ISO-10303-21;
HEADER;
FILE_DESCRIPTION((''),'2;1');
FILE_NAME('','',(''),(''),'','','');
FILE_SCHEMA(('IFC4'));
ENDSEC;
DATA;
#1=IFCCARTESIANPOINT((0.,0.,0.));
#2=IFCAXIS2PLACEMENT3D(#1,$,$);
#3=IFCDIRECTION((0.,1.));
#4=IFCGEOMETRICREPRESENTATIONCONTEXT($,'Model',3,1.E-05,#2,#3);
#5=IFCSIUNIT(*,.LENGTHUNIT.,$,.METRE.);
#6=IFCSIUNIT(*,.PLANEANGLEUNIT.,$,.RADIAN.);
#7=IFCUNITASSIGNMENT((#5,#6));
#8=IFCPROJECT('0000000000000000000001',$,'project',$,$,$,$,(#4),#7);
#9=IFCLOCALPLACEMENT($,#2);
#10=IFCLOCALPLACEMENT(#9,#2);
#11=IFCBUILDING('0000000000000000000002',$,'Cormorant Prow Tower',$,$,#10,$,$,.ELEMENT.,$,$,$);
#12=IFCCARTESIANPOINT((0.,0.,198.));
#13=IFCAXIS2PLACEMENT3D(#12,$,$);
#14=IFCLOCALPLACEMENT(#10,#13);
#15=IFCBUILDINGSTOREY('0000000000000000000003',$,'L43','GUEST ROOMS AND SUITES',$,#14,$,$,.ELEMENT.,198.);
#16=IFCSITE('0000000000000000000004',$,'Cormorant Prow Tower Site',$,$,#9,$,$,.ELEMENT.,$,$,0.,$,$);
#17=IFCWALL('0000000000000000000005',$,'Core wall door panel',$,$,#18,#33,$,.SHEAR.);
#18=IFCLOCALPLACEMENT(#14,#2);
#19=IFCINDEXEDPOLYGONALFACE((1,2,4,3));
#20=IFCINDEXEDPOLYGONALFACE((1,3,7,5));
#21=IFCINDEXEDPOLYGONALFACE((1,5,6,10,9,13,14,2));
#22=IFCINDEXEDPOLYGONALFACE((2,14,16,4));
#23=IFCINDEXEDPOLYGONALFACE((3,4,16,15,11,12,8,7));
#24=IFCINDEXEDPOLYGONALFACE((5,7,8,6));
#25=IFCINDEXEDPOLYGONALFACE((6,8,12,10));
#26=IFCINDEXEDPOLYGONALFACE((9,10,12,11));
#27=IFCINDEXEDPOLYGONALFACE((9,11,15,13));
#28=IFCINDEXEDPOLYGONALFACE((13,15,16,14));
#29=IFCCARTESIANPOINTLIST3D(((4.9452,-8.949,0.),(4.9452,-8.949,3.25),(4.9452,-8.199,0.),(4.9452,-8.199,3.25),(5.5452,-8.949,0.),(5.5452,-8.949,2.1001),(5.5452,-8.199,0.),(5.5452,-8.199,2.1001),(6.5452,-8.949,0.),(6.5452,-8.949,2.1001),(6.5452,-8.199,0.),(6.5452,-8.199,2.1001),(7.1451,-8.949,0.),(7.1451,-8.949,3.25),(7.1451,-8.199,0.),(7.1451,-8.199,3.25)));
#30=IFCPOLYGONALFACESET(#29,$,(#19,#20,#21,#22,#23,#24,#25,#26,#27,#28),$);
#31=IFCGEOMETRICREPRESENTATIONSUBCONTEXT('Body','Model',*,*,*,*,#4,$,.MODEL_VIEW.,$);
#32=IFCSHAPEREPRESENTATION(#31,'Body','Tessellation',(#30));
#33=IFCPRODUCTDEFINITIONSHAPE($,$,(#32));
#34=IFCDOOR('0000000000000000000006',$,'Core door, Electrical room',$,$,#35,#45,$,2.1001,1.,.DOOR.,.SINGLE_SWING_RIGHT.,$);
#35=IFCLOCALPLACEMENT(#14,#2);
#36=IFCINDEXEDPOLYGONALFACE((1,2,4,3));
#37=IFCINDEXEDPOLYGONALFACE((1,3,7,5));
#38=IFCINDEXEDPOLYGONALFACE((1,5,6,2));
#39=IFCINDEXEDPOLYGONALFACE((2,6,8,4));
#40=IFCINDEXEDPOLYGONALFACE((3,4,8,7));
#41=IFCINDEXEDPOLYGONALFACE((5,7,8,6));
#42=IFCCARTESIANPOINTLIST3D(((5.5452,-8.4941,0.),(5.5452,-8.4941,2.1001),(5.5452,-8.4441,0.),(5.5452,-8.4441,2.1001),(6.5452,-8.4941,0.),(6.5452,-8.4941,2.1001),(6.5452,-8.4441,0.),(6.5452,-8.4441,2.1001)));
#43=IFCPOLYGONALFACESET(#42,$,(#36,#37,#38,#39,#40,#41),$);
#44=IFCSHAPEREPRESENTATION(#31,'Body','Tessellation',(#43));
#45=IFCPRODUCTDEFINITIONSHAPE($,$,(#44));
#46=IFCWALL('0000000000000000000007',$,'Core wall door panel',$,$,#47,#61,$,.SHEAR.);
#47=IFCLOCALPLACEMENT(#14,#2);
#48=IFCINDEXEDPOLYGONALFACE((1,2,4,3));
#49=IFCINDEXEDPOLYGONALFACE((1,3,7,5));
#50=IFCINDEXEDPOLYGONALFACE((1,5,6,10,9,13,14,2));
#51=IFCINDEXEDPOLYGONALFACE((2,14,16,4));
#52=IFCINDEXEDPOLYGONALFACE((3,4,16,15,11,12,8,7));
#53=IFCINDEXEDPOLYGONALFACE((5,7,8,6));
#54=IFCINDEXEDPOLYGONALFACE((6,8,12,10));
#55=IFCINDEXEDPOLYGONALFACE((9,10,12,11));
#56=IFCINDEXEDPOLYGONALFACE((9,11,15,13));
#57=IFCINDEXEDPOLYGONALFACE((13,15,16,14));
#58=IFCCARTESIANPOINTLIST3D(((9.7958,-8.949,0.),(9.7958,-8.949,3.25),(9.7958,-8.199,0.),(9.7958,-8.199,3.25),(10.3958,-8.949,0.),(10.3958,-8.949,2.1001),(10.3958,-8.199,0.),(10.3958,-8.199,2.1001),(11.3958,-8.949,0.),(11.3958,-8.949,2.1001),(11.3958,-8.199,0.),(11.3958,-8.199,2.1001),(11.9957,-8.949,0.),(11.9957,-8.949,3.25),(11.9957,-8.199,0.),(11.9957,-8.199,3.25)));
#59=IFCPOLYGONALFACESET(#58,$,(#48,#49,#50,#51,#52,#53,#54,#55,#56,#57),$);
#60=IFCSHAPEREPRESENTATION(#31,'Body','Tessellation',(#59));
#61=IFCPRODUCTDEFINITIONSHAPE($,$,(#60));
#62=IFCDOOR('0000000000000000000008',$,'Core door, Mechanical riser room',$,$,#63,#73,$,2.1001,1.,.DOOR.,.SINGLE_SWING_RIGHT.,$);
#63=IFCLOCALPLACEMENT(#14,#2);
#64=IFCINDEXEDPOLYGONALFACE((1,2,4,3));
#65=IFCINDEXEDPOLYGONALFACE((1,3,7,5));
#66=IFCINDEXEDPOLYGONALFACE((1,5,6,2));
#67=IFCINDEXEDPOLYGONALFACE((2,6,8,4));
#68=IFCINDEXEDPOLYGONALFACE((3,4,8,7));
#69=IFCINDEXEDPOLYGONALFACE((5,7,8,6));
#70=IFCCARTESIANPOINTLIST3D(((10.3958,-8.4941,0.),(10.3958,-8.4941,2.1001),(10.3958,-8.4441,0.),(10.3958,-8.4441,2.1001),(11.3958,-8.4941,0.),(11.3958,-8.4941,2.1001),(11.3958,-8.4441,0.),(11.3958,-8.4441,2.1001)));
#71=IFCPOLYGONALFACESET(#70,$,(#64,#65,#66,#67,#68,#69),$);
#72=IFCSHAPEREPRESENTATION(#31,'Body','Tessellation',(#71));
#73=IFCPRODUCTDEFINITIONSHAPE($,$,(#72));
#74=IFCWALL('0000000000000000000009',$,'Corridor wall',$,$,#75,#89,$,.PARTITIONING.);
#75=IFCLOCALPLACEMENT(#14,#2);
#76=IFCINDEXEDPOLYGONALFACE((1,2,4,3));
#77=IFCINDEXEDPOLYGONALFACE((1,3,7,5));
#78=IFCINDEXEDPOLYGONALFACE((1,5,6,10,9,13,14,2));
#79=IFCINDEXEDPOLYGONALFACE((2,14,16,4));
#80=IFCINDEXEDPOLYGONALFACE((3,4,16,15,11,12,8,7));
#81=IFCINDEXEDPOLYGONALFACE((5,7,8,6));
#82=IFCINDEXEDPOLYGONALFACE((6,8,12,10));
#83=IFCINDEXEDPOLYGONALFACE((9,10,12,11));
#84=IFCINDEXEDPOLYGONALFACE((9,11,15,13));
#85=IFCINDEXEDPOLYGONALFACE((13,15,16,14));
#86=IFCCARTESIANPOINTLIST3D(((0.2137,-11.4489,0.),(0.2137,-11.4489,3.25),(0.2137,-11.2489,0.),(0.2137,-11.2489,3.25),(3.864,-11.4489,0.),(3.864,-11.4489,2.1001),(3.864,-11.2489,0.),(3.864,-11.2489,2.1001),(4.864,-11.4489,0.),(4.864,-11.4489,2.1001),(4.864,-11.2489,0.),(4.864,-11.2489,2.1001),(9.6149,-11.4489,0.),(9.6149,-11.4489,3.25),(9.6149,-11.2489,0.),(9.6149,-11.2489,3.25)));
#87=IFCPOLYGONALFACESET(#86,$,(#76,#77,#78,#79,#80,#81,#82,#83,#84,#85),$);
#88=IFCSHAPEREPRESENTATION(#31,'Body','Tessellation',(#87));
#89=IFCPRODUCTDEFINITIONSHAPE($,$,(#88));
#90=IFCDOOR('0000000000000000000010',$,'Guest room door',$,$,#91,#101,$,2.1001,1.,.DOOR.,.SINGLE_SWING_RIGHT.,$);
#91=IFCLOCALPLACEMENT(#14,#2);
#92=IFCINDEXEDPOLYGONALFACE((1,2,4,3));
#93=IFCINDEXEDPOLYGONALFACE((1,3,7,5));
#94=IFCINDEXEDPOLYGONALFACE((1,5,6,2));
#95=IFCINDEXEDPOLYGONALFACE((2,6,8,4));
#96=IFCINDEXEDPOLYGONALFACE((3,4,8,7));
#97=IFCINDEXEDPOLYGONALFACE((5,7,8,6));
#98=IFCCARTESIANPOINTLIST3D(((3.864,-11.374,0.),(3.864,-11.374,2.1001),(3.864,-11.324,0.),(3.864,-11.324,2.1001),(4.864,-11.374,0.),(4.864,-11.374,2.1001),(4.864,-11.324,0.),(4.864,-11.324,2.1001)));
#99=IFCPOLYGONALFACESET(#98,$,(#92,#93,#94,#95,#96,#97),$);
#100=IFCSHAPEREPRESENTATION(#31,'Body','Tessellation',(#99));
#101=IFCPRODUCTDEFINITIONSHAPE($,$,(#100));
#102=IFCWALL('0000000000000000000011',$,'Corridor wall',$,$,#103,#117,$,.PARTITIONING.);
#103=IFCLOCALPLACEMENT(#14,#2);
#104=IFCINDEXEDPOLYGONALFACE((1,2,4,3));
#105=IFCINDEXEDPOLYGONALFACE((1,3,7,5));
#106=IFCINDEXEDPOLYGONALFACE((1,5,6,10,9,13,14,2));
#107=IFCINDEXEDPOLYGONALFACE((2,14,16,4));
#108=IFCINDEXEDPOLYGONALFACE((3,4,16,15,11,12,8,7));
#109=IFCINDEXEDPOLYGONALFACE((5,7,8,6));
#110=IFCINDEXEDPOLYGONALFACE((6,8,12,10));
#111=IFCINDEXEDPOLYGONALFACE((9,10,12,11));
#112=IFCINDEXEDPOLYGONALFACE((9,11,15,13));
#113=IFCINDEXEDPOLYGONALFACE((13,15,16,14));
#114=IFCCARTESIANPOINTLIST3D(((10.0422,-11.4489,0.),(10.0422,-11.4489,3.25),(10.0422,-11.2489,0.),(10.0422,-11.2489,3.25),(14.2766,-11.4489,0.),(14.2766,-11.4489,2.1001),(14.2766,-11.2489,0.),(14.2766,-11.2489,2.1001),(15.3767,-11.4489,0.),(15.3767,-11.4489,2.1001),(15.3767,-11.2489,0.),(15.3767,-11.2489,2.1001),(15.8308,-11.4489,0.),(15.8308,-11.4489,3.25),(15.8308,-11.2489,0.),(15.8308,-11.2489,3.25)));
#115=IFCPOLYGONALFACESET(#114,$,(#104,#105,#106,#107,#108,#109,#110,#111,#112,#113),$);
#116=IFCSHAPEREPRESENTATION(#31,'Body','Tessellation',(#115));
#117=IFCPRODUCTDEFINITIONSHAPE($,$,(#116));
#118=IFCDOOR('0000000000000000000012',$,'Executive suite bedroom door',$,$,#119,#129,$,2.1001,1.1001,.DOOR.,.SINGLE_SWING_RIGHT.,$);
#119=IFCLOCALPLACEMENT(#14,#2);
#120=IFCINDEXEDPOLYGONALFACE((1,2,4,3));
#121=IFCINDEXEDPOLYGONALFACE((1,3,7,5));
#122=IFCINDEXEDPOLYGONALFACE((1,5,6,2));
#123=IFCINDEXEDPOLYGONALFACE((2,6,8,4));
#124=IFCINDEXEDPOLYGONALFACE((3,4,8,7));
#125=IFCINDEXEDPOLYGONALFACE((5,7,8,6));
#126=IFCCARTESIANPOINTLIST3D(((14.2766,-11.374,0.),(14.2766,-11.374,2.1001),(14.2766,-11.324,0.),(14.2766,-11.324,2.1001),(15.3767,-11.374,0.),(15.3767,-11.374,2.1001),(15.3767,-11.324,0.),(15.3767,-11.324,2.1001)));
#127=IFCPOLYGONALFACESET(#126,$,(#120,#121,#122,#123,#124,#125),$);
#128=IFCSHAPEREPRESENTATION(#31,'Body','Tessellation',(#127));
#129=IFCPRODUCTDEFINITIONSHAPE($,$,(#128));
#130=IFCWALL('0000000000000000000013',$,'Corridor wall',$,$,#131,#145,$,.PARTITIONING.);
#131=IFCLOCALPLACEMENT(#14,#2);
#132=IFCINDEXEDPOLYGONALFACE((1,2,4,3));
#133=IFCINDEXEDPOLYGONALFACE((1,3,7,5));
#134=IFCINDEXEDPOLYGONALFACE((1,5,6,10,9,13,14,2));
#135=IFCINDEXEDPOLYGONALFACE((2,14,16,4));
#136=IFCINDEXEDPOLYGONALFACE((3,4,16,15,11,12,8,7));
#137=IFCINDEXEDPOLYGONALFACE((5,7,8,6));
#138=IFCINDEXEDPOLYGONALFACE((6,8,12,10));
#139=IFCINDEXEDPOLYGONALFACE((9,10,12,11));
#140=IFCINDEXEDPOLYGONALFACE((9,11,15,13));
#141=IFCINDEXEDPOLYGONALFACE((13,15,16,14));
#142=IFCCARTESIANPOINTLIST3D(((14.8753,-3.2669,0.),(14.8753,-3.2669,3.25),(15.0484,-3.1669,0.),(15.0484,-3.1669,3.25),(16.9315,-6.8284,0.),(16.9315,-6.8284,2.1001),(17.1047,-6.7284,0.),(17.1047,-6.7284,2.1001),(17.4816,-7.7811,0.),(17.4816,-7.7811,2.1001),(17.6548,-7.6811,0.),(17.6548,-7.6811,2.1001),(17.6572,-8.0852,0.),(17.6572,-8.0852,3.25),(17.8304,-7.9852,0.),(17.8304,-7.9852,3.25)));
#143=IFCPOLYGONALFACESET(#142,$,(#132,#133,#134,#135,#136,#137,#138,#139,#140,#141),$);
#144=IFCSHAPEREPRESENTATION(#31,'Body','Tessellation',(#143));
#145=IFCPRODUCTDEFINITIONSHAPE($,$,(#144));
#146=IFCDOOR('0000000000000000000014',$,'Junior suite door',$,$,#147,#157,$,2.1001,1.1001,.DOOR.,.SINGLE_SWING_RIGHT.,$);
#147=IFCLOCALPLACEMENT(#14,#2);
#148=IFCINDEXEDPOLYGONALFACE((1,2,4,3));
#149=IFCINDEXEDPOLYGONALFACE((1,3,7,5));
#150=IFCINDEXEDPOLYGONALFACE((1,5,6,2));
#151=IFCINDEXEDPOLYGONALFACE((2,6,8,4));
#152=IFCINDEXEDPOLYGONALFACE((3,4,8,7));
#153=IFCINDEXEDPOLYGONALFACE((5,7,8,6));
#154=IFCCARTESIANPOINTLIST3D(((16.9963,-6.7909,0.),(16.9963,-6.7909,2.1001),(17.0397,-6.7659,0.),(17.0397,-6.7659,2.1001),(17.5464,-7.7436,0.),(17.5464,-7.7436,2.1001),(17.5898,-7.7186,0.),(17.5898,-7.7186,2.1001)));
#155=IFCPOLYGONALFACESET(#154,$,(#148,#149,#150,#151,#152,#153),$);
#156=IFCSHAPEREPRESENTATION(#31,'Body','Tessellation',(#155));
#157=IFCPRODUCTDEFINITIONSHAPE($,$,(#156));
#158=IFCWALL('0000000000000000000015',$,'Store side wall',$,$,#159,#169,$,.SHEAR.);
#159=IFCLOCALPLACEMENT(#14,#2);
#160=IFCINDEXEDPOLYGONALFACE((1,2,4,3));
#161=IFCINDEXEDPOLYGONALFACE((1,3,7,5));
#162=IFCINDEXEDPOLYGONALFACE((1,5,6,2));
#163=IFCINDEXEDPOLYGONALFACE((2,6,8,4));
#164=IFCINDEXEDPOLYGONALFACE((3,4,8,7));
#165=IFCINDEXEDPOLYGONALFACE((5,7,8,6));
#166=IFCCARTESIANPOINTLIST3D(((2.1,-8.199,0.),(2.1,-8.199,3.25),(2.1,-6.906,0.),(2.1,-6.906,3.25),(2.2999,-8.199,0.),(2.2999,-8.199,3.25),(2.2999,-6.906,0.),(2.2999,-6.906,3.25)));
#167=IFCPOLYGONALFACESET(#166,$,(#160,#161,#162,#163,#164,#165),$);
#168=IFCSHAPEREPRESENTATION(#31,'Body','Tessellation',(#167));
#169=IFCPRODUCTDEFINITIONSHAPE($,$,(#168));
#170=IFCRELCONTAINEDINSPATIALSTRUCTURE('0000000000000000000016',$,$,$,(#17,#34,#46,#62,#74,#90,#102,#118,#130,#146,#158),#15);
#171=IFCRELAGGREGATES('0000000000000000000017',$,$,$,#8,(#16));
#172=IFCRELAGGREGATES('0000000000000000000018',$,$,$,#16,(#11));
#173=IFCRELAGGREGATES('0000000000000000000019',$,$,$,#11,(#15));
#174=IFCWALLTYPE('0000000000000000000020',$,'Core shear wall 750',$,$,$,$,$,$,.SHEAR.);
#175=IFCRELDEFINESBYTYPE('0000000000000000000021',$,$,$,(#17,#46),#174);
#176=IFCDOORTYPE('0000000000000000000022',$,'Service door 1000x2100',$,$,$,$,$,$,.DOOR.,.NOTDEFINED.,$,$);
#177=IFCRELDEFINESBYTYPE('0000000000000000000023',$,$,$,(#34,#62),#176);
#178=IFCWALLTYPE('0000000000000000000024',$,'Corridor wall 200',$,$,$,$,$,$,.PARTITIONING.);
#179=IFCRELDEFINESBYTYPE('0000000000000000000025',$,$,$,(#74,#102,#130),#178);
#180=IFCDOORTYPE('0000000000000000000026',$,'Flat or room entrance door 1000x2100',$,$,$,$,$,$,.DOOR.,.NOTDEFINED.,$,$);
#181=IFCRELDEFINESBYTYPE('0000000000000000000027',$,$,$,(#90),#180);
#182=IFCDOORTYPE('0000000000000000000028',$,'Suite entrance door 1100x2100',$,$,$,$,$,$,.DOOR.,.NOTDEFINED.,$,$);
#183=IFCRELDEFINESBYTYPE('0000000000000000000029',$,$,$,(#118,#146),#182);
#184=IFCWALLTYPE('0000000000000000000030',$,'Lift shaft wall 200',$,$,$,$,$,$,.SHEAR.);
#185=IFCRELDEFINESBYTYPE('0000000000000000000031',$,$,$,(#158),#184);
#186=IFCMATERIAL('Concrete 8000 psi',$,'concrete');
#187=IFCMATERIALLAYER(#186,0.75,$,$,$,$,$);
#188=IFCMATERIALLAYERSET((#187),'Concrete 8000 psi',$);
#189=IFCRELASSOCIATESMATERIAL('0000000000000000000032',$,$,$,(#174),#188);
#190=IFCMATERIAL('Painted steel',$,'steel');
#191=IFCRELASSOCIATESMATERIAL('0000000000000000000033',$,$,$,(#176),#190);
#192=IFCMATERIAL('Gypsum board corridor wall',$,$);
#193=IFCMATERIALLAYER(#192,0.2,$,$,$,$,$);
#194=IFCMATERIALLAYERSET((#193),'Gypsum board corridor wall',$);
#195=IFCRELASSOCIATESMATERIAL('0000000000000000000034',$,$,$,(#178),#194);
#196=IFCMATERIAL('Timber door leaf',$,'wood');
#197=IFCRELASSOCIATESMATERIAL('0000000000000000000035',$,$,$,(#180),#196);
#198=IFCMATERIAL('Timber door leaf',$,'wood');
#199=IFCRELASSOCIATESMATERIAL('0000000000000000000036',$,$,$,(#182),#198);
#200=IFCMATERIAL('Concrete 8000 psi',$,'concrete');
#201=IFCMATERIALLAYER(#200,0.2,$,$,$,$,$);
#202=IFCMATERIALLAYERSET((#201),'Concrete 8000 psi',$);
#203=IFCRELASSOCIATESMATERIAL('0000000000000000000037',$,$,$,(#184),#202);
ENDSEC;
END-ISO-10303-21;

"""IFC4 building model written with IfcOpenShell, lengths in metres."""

from ifc_helpers import new_model, si_unit, direction, frame, frame_2d, origin, place, context, subcontext, project, spatial, rectangle, extrude, material, layer, layer_set, type_object, element, fill, save


model = new_model("IFC4")

# Units and contexts
model_context = context("Model", 3, precision=1e-05, world=origin(), true_north=direction((0.0, 1.0)))
body_context = subcontext(model_context, "Body", "Model", "MODEL_VIEW")
ifc_project = project(units=[si_unit("LENGTHUNIT", "METRE"), si_unit("PLANEANGLEUNIT", "RADIAN")], contexts=[model_context])

# Site, building, storey
site_placement = place(None, origin())
site = spatial("IfcSite", under=ifc_project, at=site_placement, Name="Cormorant Prow Tower Site", CompositionType="ELEMENT", RefElevation=0.0)
building_placement = place(site_placement, origin())
building = spatial("IfcBuilding", under=site, at=building_placement, Name="Cormorant Prow Tower", CompositionType="ELEMENT")
storey_placement = place(building_placement, frame((0.0, 0.0, 198.0)))
storey = spatial("IfcBuildingStorey", under=building, at=storey_placement, Name="L43", Description="GUEST ROOMS AND SUITES", CompositionType="ELEMENT", Elevation=198.0)

# Shared definitions
ifc_material_1 = material(Name="Concrete 8000 psi", Category="concrete")
ifc_layer_1 = layer(ifc_material_1, 0.75)
ifc_layer_set_1 = layer_set([ifc_layer_1], Name="Concrete 8000 psi")
wall_type_1 = type_object("IfcWallType", Name="Core shear wall 750", PredefinedType="SHEAR", material=ifc_layer_set_1)

# Walls, openings, doors
ifc_material_2 = material(Name="Painted steel", Category="steel")
door_type_1 = type_object("IfcDoorType", Name="Service door 1000x2100", OperationType="NOTDEFINED", PredefinedType="DOOR", material=ifc_material_2)
wall_1_placement = place(storey_placement, frame((4.9451, -8.574, 0.0), z_axis=(0.0, 0.0, 1.0), x_axis=(1.0, 0.0, 0.0)))
wall_1 = element("IfcWall", 1, at=wall_1_placement, inside=storey, type_object=wall_type_1, Name="Core wall door panel", PredefinedType="SHEAR", context=body_context, shape_type="SweptSolid", body=[
    extrude(rectangle(XDim=2.2, YDim=0.75, at=frame_2d((1.1001, 0.0))), origin(), (0.0, 0.0, 1.0), 3.25),
])
opening_1_placement = place(wall_1_placement, frame((0.6001, 0.0, 0.0)))
opening_1 = element("IfcOpeningElement", 2, at=opening_1_placement, cuts=wall_1, PredefinedType="OPENING", context=body_context, shape_type="SweptSolid", body=[
    extrude(rectangle(XDim=1.0, YDim=2.1001, at=frame_2d((0.5, 1.05))), frame((0.0, 0.385, 0.0), z_axis=(0.0, -1.0, 0.0), x_axis=(1.0, 0.0, 0.0)), (0.0, 0.0, 1.0), 0.77),
])
door_1_placement = place(opening_1_placement, origin())
door_1 = element("IfcDoor", 3, at=door_1_placement, inside=storey, type_object=door_type_1, Name="Core door, Electrical room", OperationType="SINGLE_SWING_RIGHT", OverallHeight=2.1001, OverallWidth=1.0, PredefinedType="DOOR", context=body_context, shape_type="SweptSolid", body=[
    extrude(rectangle(XDim=1.0, YDim=2.1001, at=frame_2d((0.5, 1.05))), frame((0.0, 0.1299, 0.0), z_axis=(0.0, -1.0, 0.0), x_axis=(1.0, 0.0, 0.0)), (0.0, 0.0, 1.0), 0.05),
])
fill(opening_1, door_1)
wall_2_placement = place(storey_placement, frame((9.7957, -8.574, 0.0), z_axis=(0.0, 0.0, 1.0), x_axis=(1.0, 0.0, 0.0)))
wall_2 = element("IfcWall", 4, at=wall_2_placement, inside=storey, type_object=wall_type_1, Name="Core wall door panel", PredefinedType="SHEAR", context=body_context, shape_type="SweptSolid", body=[
    extrude(rectangle(XDim=2.2, YDim=0.75, at=frame_2d((1.1001, 0.0))), origin(), (0.0, 0.0, 1.0), 3.25),
])
opening_2_placement = place(wall_2_placement, frame((0.6001, 0.0, 0.0)))
opening_2 = element("IfcOpeningElement", 5, at=opening_2_placement, cuts=wall_2, PredefinedType="OPENING", context=body_context, shape_type="SweptSolid", body=[
    extrude(rectangle(XDim=1.0, YDim=2.1001, at=frame_2d((0.5, 1.05))), frame((0.0, 0.385, 0.0), z_axis=(0.0, -1.0, 0.0), x_axis=(1.0, 0.0, 0.0)), (0.0, 0.0, 1.0), 0.77),
])
door_2_placement = place(opening_2_placement, origin())
door_2 = element("IfcDoor", 6, at=door_2_placement, inside=storey, type_object=door_type_1, Name="Core door, Mechanical riser room", OperationType="SINGLE_SWING_RIGHT", OverallHeight=2.1001, OverallWidth=1.0, PredefinedType="DOOR", context=body_context, shape_type="SweptSolid", body=[
    extrude(rectangle(XDim=1.0, YDim=2.1001, at=frame_2d((0.5, 1.05))), frame((0.0, 0.1299, 0.0), z_axis=(0.0, -1.0, 0.0), x_axis=(1.0, 0.0, 0.0)), (0.0, 0.0, 1.0), 0.05),
])
fill(opening_2, door_2)
ifc_material_3 = material(Name="Gypsum board corridor wall")
ifc_layer_2 = layer(ifc_material_3, 0.2)
ifc_layer_set_2 = layer_set([ifc_layer_2], Name="Gypsum board corridor wall")
wall_type_2 = type_object("IfcWallType", Name="Corridor wall 200", PredefinedType="PARTITIONING", material=ifc_layer_set_2)
wall_3_placement = place(storey_placement, frame((0.2136, -11.3489, 0.0), z_axis=(0.0, 0.0, 1.0), x_axis=(1.0, 0.0, 0.0)))
wall_3 = element("IfcWall", 7, at=wall_3_placement, inside=storey, type_object=wall_type_2, Name="Corridor wall", PredefinedType="PARTITIONING", context=body_context, shape_type="SweptSolid", body=[
    extrude(rectangle(XDim=9.4011, YDim=0.2, at=frame_2d((4.7007, 0.0))), origin(), (0.0, 0.0, 1.0), 3.25),
])
opening_3_placement = place(wall_3_placement, frame((3.6504, 0.0, 0.0)))
opening_3 = element("IfcOpeningElement", 8, at=opening_3_placement, cuts=wall_3, PredefinedType="OPENING", context=body_context, shape_type="SweptSolid", body=[
    extrude(rectangle(XDim=1.0, YDim=2.1001, at=frame_2d((0.5, 1.05))), frame((0.0, 0.1099, 0.0), z_axis=(0.0, -1.0, 0.0), x_axis=(1.0, 0.0, 0.0)), (0.0, 0.0, 1.0), 0.22),
])
ifc_material_4 = material(Name="Timber door leaf", Category="wood")
door_type_2 = type_object("IfcDoorType", Name="Flat or room entrance door 1000x2100", OperationType="NOTDEFINED", PredefinedType="DOOR", material=ifc_material_4)
door_3_placement = place(opening_3_placement, origin())
door_3 = element("IfcDoor", 9, at=door_3_placement, inside=storey, type_object=door_type_2, Name="Guest room door", OperationType="SINGLE_SWING_RIGHT", OverallHeight=2.1001, OverallWidth=1.0, PredefinedType="DOOR", context=body_context, shape_type="SweptSolid", body=[
    extrude(rectangle(XDim=1.0, YDim=2.1001, at=frame_2d((0.5, 1.05))), frame((0.0, 0.0249, 0.0), z_axis=(0.0, -1.0, 0.0), x_axis=(1.0, 0.0, 0.0)), (0.0, 0.0, 1.0), 0.05),
])
fill(opening_3, door_3)
wall_4_placement = place(storey_placement, frame((10.0422, -11.3489, 0.0), z_axis=(0.0, 0.0, 1.0), x_axis=(1.0, 0.0, 0.0)))
wall_4 = element("IfcWall", 10, at=wall_4_placement, inside=storey, type_object=wall_type_2, Name="Corridor wall", PredefinedType="PARTITIONING", context=body_context, shape_type="SweptSolid", body=[
    extrude(rectangle(XDim=5.7886, YDim=0.2, at=frame_2d((2.8943, 0.0))), origin(), (0.0, 0.0, 1.0), 3.25),
])
opening_4_placement = place(wall_4_placement, frame((4.2344, 0.0, 0.0)))
opening_4 = element("IfcOpeningElement", 11, at=opening_4_placement, cuts=wall_4, PredefinedType="OPENING", context=body_context, shape_type="SweptSolid", body=[
    extrude(rectangle(XDim=1.1001, YDim=2.1001, at=frame_2d((0.55, 1.05))), frame((0.0, 0.1099, 0.0), z_axis=(0.0, -1.0, 0.0), x_axis=(1.0, 0.0, 0.0)), (0.0, 0.0, 1.0), 0.22),
])
ifc_material_5 = material(Name="Timber door leaf", Category="wood")
door_type_3 = type_object("IfcDoorType", Name="Suite entrance door 1100x2100", OperationType="NOTDEFINED", PredefinedType="DOOR", material=ifc_material_5)
door_4_placement = place(opening_4_placement, origin())
door_4 = element("IfcDoor", 12, at=door_4_placement, inside=storey, type_object=door_type_3, Name="Executive suite bedroom door", OperationType="SINGLE_SWING_RIGHT", OverallHeight=2.1001, OverallWidth=1.1001, PredefinedType="DOOR", context=body_context, shape_type="SweptSolid", body=[
    extrude(rectangle(XDim=1.1001, YDim=2.1001, at=frame_2d((0.55, 1.05))), frame((0.0, 0.0249, 0.0), z_axis=(0.0, -1.0, 0.0), x_axis=(1.0, 0.0, 0.0)), (0.0, 0.0, 1.0), 0.05),
])
fill(opening_4, door_4)
wall_5_placement = place(storey_placement, frame((14.9619, -3.217, 0.0), z_axis=(0.0, 0.0, 1.0), x_axis=(0.500014, -0.866018, 0.0)))
wall_5 = element("IfcWall", 13, at=wall_5_placement, inside=storey, type_object=wall_type_2, Name="Corridor wall", PredefinedType="PARTITIONING", context=body_context, shape_type="SweptSolid", body=[
    extrude(rectangle(XDim=5.5637, YDim=0.2, at=frame_2d((2.7817, 0.0))), origin(), (0.0, 0.0, 1.0), 3.25),
])
opening_5_placement = place(wall_5_placement, frame((4.1123, 0.0, 0.0)))
opening_5 = element("IfcOpeningElement", 14, at=opening_5_placement, cuts=wall_5, PredefinedType="OPENING", context=body_context, shape_type="SweptSolid", body=[
    extrude(rectangle(XDim=1.1001, YDim=2.1001, at=frame_2d((0.55, 1.05))), frame((0.0, 0.1099, 0.0), z_axis=(0.0, -1.0, 0.0), x_axis=(1.0, 0.0, 0.0)), (0.0, 0.0, 1.0), 0.22),
])
door_5_placement = place(opening_5_placement, origin())
door_5 = element("IfcDoor", 15, at=door_5_placement, inside=storey, type_object=door_type_3, Name="Junior suite door", OperationType="SINGLE_SWING_RIGHT", OverallHeight=2.1001, OverallWidth=1.1001, PredefinedType="DOOR", context=body_context, shape_type="SweptSolid", body=[
    extrude(rectangle(XDim=1.1001, YDim=2.1001, at=frame_2d((0.55, 1.05))), frame((0.0, 0.0249, 0.0), z_axis=(0.0, -1.0, 0.0), x_axis=(1.0, 0.0, 0.0)), (0.0, 0.0, 1.0), 0.05),
])
fill(opening_5, door_5)

# Wall
ifc_material_6 = material(Name="Concrete 8000 psi", Category="concrete")
ifc_layer_3 = layer(ifc_material_6, 0.2)
ifc_layer_set_3 = layer_set([ifc_layer_3], Name="Concrete 8000 psi")
wall_type_3 = type_object("IfcWallType", Name="Lift shaft wall 200", PredefinedType="SHEAR", material=ifc_layer_set_3)
wall_6_placement = place(storey_placement, frame((2.2, -6.906, 0.0), z_axis=(0.0, 0.0, 1.0), x_axis=(0.0, -1.0, 0.0)))
element("IfcWall", 16, at=wall_6_placement, inside=storey, type_object=wall_type_3, Name="Store side wall", PredefinedType="SHEAR", context=body_context, shape_type="SweptSolid", body=[
    extrude(rectangle(XDim=1.293, YDim=0.2, at=frame_2d((0.6465, 0.0))), origin(), (0.0, 0.0, 1.0), 3.25),
])

save(model, "model.ifc")
